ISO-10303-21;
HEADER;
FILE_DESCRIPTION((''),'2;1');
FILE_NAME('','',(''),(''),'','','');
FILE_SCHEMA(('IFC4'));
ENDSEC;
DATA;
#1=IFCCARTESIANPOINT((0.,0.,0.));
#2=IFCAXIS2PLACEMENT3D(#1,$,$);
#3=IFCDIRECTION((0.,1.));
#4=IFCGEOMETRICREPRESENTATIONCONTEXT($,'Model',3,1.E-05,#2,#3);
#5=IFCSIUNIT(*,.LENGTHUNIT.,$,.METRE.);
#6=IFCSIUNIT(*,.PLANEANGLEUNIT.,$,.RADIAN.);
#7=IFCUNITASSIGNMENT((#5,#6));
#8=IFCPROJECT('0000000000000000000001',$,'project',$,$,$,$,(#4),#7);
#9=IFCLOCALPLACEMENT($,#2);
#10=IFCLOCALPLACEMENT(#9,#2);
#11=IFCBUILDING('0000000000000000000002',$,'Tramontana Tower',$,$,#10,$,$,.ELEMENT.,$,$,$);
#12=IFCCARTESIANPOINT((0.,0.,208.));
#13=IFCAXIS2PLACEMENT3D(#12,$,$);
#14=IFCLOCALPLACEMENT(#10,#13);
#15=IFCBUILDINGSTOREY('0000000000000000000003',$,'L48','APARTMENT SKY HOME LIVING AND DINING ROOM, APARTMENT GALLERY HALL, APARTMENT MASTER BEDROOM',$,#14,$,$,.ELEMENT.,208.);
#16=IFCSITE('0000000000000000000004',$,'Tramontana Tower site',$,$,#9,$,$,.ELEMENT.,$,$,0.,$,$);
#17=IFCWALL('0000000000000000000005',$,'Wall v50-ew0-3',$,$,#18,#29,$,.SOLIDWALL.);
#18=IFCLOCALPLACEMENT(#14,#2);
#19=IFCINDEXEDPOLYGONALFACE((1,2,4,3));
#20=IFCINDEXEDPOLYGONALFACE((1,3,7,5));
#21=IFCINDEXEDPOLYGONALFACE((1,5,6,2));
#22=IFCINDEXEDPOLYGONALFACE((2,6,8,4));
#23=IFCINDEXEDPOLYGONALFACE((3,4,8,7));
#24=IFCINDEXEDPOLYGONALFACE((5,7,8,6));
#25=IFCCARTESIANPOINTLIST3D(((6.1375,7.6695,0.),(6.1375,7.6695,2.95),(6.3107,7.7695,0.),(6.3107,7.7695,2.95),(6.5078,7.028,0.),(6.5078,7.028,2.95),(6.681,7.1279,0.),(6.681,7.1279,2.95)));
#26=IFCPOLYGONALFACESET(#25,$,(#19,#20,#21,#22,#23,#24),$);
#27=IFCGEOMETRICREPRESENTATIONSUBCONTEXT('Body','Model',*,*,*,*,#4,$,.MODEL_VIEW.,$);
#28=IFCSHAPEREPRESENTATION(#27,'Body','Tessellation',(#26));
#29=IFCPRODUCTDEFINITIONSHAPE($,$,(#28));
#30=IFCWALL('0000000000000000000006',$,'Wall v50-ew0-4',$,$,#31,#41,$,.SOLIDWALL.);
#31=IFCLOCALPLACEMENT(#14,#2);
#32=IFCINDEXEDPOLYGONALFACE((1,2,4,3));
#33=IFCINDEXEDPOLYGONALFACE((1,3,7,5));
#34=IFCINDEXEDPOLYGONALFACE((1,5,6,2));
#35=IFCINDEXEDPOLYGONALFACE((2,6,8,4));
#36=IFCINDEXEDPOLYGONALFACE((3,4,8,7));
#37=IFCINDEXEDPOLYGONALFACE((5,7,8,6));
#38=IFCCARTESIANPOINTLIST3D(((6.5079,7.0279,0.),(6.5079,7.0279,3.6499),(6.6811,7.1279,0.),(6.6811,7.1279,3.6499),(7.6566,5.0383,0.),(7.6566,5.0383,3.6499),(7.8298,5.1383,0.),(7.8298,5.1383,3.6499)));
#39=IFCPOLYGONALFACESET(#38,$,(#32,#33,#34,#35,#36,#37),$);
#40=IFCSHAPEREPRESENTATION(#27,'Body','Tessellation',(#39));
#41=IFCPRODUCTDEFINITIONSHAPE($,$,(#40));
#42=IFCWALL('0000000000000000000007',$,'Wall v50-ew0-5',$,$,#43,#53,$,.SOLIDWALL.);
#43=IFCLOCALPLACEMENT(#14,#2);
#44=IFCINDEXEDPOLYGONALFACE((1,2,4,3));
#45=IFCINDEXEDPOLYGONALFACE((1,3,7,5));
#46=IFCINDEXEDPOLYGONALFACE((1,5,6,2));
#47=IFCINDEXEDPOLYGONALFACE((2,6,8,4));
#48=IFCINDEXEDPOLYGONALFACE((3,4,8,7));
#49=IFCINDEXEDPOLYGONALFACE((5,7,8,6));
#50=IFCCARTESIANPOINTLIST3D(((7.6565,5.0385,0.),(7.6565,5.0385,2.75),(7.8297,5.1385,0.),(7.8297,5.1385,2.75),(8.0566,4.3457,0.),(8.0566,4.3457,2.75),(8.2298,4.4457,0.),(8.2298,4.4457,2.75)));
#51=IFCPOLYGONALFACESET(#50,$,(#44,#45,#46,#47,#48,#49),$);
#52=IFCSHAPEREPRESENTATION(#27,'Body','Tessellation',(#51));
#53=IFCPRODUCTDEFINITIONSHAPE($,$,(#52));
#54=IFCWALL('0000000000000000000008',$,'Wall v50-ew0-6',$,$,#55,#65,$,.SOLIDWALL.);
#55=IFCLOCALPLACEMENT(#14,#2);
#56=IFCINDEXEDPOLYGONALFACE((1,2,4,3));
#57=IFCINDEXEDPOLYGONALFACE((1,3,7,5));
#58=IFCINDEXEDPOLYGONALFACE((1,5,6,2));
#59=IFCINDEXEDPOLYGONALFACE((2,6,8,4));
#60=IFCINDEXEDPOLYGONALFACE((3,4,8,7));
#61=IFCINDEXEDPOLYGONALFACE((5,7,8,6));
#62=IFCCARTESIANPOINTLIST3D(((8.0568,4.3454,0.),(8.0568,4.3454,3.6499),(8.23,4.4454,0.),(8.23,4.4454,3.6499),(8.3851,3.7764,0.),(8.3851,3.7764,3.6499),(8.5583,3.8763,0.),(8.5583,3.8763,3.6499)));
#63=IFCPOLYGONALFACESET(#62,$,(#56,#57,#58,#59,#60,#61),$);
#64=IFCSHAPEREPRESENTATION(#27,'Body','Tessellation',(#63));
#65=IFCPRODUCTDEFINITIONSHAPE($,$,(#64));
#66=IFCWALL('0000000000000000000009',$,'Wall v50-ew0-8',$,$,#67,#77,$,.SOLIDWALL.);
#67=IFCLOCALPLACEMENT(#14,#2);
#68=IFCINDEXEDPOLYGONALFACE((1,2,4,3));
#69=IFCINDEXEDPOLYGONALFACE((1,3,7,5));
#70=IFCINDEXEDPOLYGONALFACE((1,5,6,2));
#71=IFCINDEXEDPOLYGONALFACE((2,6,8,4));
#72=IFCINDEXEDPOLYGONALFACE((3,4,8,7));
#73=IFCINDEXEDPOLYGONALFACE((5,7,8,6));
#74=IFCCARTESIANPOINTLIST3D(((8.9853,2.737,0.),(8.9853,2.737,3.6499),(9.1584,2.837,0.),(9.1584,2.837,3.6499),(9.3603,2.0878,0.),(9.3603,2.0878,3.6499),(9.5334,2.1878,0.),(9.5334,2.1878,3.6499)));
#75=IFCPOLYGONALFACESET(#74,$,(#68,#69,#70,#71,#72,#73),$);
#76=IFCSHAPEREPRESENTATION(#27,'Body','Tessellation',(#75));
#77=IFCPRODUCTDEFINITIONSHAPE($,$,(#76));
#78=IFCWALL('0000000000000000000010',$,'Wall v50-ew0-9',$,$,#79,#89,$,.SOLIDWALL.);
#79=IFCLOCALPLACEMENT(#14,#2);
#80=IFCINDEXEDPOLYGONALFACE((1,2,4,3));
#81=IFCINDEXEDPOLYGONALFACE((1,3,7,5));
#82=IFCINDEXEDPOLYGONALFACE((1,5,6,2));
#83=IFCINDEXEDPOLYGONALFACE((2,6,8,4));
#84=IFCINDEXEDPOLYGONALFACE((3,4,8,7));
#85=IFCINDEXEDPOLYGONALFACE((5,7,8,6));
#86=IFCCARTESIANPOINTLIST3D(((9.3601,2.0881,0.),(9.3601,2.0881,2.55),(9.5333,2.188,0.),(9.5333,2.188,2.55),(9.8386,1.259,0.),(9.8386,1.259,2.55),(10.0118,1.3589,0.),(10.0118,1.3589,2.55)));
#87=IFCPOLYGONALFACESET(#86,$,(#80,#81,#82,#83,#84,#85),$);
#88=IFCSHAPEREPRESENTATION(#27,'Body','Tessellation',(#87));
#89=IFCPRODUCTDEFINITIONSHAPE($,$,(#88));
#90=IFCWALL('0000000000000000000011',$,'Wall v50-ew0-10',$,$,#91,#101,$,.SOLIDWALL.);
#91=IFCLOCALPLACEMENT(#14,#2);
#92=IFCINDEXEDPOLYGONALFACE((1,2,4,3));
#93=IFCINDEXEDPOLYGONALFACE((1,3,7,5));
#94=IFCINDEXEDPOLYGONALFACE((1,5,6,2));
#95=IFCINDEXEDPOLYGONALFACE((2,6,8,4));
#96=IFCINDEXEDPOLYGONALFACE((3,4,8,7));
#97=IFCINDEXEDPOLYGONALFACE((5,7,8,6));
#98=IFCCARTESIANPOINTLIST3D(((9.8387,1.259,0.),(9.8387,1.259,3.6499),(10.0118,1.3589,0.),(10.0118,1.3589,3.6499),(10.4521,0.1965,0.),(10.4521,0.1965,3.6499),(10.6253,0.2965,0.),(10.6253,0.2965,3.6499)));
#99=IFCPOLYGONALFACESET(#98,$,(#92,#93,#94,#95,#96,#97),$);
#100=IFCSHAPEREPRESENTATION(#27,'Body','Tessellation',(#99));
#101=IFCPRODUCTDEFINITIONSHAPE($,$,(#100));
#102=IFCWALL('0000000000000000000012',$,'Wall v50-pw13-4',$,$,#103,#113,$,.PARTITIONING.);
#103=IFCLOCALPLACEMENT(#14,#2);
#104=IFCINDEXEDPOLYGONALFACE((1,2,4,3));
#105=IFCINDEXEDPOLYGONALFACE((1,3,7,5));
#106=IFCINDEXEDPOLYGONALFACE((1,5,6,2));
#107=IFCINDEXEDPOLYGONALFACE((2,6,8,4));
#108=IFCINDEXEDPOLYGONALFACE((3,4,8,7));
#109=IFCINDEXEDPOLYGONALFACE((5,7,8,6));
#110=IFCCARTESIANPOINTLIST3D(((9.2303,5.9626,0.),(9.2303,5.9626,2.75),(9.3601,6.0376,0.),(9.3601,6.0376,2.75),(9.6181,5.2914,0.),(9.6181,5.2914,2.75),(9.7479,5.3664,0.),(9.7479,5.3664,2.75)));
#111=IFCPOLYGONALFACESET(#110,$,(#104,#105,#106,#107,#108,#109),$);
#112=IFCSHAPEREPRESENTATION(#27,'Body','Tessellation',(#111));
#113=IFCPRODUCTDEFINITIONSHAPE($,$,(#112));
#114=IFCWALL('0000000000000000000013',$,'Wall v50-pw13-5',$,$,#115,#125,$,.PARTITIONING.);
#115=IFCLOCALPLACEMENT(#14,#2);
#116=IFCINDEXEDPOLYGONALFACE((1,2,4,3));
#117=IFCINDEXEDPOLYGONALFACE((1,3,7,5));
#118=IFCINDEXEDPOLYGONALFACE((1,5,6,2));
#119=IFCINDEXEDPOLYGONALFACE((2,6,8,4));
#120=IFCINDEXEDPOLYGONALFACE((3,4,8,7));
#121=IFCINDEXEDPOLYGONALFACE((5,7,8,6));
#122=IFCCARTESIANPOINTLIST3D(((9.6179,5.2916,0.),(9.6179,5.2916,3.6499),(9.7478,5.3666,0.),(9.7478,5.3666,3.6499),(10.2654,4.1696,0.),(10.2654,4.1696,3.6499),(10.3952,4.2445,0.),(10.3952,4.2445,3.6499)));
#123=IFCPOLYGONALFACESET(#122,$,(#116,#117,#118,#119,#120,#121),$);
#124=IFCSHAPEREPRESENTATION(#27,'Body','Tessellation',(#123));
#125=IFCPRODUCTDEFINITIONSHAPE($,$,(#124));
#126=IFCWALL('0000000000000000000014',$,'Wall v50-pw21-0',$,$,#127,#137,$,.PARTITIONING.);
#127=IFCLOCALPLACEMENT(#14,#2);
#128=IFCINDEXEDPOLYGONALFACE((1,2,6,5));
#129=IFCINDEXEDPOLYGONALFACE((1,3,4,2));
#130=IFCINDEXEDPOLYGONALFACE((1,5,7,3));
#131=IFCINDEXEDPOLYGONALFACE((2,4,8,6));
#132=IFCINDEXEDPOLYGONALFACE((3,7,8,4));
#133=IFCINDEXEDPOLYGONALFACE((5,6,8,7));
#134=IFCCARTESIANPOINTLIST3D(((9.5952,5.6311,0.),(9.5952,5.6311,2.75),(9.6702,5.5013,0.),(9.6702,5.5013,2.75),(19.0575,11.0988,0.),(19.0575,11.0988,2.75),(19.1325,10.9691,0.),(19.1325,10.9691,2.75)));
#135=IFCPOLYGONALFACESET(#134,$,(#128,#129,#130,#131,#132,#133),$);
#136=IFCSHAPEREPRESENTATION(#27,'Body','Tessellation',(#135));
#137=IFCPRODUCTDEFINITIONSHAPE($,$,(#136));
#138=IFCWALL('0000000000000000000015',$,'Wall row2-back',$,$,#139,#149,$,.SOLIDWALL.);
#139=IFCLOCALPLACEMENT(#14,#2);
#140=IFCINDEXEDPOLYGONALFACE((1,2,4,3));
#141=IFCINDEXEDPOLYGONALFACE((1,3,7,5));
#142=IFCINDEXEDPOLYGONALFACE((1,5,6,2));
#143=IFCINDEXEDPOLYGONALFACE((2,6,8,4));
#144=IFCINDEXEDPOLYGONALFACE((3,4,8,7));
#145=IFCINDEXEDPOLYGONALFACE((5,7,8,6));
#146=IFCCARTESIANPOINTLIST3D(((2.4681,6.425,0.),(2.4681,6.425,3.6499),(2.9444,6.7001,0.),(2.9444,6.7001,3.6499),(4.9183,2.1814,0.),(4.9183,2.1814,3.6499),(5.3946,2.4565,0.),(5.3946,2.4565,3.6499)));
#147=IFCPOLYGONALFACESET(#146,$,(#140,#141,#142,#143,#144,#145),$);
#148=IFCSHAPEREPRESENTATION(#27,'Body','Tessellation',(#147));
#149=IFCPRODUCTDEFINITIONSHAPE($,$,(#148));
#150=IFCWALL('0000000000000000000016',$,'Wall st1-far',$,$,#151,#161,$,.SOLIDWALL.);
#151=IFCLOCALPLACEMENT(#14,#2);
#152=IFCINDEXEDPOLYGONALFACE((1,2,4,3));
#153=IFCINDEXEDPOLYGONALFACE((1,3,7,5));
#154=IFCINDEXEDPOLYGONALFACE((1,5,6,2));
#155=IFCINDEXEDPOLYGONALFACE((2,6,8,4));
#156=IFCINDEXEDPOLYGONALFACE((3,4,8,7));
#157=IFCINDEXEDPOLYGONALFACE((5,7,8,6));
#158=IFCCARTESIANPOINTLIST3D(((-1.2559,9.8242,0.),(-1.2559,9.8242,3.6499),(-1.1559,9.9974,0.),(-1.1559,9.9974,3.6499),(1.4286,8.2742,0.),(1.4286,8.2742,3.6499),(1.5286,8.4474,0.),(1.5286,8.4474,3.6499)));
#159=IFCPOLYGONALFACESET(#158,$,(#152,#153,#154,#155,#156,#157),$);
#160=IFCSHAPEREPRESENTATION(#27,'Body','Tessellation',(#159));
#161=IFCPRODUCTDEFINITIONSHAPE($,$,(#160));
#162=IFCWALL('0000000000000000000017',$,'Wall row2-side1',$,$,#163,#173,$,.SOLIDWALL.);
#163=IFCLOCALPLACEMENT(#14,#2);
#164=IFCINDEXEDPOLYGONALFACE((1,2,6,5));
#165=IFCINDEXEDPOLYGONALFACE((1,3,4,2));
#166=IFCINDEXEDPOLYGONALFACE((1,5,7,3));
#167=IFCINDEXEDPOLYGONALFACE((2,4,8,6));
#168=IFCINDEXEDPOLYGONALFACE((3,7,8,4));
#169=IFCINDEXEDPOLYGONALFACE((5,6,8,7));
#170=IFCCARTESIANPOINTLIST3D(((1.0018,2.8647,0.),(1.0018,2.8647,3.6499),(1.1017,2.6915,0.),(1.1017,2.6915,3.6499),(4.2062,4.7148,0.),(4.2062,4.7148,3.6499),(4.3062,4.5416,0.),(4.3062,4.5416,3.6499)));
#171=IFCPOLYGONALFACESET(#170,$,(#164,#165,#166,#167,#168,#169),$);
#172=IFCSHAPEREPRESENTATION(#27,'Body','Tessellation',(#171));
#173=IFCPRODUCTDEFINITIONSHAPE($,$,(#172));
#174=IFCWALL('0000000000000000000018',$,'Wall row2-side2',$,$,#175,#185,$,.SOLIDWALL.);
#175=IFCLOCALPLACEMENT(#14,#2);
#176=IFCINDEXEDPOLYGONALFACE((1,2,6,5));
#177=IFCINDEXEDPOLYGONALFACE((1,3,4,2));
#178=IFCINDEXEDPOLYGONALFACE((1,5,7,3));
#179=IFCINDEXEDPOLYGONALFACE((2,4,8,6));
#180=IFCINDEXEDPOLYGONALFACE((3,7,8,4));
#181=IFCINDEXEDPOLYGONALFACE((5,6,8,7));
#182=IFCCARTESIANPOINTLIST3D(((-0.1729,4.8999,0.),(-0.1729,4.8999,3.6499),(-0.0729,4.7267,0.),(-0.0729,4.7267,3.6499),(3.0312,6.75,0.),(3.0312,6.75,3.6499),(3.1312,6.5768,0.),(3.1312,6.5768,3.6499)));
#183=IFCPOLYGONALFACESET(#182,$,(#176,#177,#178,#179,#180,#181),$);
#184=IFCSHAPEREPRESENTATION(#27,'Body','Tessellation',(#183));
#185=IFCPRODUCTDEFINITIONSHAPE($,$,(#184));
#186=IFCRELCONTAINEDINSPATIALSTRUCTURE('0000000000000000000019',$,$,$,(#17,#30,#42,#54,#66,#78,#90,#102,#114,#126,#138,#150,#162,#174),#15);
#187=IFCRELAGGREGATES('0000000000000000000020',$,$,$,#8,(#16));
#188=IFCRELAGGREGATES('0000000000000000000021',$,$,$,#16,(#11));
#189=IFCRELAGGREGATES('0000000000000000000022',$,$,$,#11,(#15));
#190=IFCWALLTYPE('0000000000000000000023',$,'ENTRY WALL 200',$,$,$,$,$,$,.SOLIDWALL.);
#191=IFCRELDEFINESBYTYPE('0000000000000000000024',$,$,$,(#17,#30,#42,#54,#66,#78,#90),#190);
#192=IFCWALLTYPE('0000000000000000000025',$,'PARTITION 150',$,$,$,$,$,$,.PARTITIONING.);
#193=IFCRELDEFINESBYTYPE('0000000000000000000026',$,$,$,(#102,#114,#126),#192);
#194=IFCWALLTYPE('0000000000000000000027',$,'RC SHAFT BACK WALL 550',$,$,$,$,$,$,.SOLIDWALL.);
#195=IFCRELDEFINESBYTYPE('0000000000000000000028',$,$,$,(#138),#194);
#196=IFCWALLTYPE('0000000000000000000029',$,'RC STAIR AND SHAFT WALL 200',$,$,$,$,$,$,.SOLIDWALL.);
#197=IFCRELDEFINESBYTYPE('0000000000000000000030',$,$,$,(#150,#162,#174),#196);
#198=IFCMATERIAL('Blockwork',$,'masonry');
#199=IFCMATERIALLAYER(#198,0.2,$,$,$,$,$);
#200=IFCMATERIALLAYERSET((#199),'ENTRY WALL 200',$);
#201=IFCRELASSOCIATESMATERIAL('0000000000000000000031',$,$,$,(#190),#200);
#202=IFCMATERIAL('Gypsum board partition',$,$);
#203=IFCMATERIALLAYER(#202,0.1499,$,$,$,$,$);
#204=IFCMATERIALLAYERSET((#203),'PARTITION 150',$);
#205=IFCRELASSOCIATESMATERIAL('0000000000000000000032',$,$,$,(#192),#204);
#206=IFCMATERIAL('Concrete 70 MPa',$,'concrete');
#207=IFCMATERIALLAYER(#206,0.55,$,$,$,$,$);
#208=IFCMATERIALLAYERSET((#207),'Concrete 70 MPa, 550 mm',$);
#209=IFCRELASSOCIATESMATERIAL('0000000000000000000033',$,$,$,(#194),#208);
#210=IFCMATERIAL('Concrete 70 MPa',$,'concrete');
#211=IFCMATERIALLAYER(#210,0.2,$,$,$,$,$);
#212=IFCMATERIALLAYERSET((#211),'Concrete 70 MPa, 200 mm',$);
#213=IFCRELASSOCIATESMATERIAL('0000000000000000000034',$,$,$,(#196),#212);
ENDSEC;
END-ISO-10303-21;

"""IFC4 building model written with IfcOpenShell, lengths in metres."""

from ifc_helpers import new_model, si_unit, direction, frame, frame_2d, origin, place, context, subcontext, project, spatial, rectangle, extrude, material, layer, layer_set, type_object, element, save


model = new_model("IFC4")

# Units and contexts
model_context = context("Model", 3, precision=1e-05, world=origin(), true_north=direction((0.0, 1.0)))
body_context = subcontext(model_context, "Body", "Model", "MODEL_VIEW")
ifc_project = project(units=[si_unit("LENGTHUNIT", "METRE"), si_unit("PLANEANGLEUNIT", "RADIAN")], contexts=[model_context])

# Site, building, storey
site_placement = place(None, origin())
site = spatial("IfcSite", under=ifc_project, at=site_placement, Name="Tramontana Tower site", CompositionType="ELEMENT", RefElevation=0.0)
building_placement = place(site_placement, origin())
building = spatial("IfcBuilding", under=site, at=building_placement, Name="Tramontana Tower", CompositionType="ELEMENT")
storey_placement = place(building_placement, frame((0.0, 0.0, 208.0)))
storey = spatial("IfcBuildingStorey", under=building, at=storey_placement, Name="L48", Description="APARTMENT SKY HOME LIVING AND DINING ROOM, APARTMENT GALLERY HALL, APARTMENT MASTER BEDROOM", CompositionType="ELEMENT", Elevation=208.0)

# Walls
ifc_material_1 = material(Name="Blockwork", Category="masonry")
ifc_layer_1 = layer(ifc_material_1, 0.2)
ifc_layer_set_1 = layer_set([ifc_layer_1], Name="ENTRY WALL 200")
wall_type_1 = type_object("IfcWallType", Name="ENTRY WALL 200", PredefinedType="SOLIDWALL", material=ifc_layer_set_1)
wall_1_placement = place(storey_placement, frame((6.2241, 7.7195, 0.0), z_axis=(0.0, 0.0, 1.0), x_axis=(0.499932, -0.866065, 0.0)))
element("IfcWall", 1, at=wall_1_placement, inside=storey, type_object=wall_type_1, Name="Wall v50-ew0-3", PredefinedType="SOLIDWALL", context=body_context, shape_type="SweptSolid", body=[
    extrude(rectangle(XDim=0.7407, YDim=0.2, at=frame_2d((0.3704, 0.0))), origin(), (0.0, 0.0, 1.0), 2.95),
])
wall_2_placement = place(storey_placement, frame((6.5945, 7.0779, 0.0), z_axis=(0.0, 0.0, 1.0), x_axis=(0.500014, -0.866017, 0.0)))
element("IfcWall", 2, at=wall_2_placement, inside=storey, type_object=wall_type_1, Name="Wall v50-ew0-4", PredefinedType="SOLIDWALL", context=body_context, shape_type="SweptSolid", body=[
    extrude(rectangle(XDim=2.2974, YDim=0.2, at=frame_2d((1.1487, 0.0))), origin(), (0.0, 0.0, 1.0), 3.6499),
])
wall_3_placement = place(storey_placement, frame((7.7432, 5.0884, 0.0), z_axis=(0.0, 0.0, 1.0), x_axis=(0.50011, -0.865962, 0.0)))
element("IfcWall", 3, at=wall_3_placement, inside=storey, type_object=wall_type_1, Name="Wall v50-ew0-5", PredefinedType="SOLIDWALL", context=body_context, shape_type="SweptSolid", body=[
    extrude(rectangle(XDim=0.8, YDim=0.2, at=frame_2d((0.3999, 0.0))), origin(), (0.0, 0.0, 1.0), 2.75),
])
wall_4_placement = place(storey_placement, frame((8.1433, 4.3955, 0.0), z_axis=(0.0, 0.0, 1.0), x_axis=(0.499776, -0.866155, 0.0)))
element("IfcWall", 4, at=wall_4_placement, inside=storey, type_object=wall_type_1, Name="Wall v50-ew0-6", PredefinedType="SOLIDWALL", context=body_context, shape_type="SweptSolid", body=[
    extrude(rectangle(XDim=0.657, YDim=0.2, at=frame_2d((0.3286, 0.0))), origin(), (0.0, 0.0, 1.0), 3.6499),
])

# Walls
wall_5_placement = place(storey_placement, frame((9.0718, 2.7871, 0.0), z_axis=(0.0, 0.0, 1.0), x_axis=(0.500202, -0.865909, 0.0)))
element("IfcWall", 5, at=wall_5_placement, inside=storey, type_object=wall_type_1, Name="Wall v50-ew0-8", PredefinedType="SOLIDWALL", context=body_context, shape_type="SweptSolid", body=[
    extrude(rectangle(XDim=0.7498, YDim=0.2, at=frame_2d((0.375, 0.0))), origin(), (0.0, 0.0, 1.0), 3.6499),
])
wall_6_placement = place(storey_placement, frame((9.4468, 2.1379, 0.0), z_axis=(0.0, 0.0, 1.0), x_axis=(0.49987, -0.866101, 0.0)))
element("IfcWall", 6, at=wall_6_placement, inside=storey, type_object=wall_type_1, Name="Wall v50-ew0-9", PredefinedType="SOLIDWALL", context=body_context, shape_type="SweptSolid", body=[
    extrude(rectangle(XDim=0.9573, YDim=0.2, at=frame_2d((0.4785, 0.0))), origin(), (0.0, 0.0, 1.0), 2.55),
])
wall_7_placement = place(storey_placement, frame((9.9253, 1.3088, 0.0), z_axis=(0.0, 0.0, 1.0), x_axis=(0.500055, -0.865993, 0.0)))
element("IfcWall", 7, at=wall_7_placement, inside=storey, type_object=wall_type_1, Name="Wall v50-ew0-10", PredefinedType="SOLIDWALL", context=body_context, shape_type="SweptSolid", body=[
    extrude(rectangle(XDim=1.2268, YDim=0.2, at=frame_2d((0.6133, 0.0))), origin(), (0.0, 0.0, 1.0), 3.6499),
])
ifc_material_2 = material(Name="Gypsum board partition")
ifc_layer_2 = layer(ifc_material_2, 0.1499)
ifc_layer_set_2 = layer_set([ifc_layer_2], Name="PARTITION 150")
wall_type_2 = type_object("IfcWallType", Name="PARTITION 150", PredefinedType="PARTITIONING", material=ifc_layer_set_2)
wall_8_placement = place(storey_placement, frame((9.2952, 6.0002, 0.0), z_axis=(0.0, 0.0, 1.0), x_axis=(0.500204, -0.865908, 0.0)))
element("IfcWall", 8, at=wall_8_placement, inside=storey, type_object=wall_type_2, Name="Wall v50-pw13-4", PredefinedType="PARTITIONING", context=body_context, shape_type="SweptSolid", body=[
    extrude(rectangle(XDim=0.7751, YDim=0.1499, at=frame_2d((0.3877, 0.0))), origin(), (0.0, 0.0, 1.0), 2.75),
])
wall_9_placement = place(storey_placement, frame((9.6829, 5.3291, 0.0), z_axis=(0.0, 0.0, 1.0), x_axis=(0.499788, -0.866148, 0.0)))
element("IfcWall", 9, at=wall_9_placement, inside=storey, type_object=wall_type_2, Name="Wall v50-pw13-5", PredefinedType="PARTITIONING", context=body_context, shape_type="SweptSolid", body=[
    extrude(rectangle(XDim=1.2954, YDim=0.1499, at=frame_2d((0.6477, 0.0))), origin(), (0.0, 0.0, 1.0), 3.6499),
])
wall_10_placement = place(storey_placement, frame((9.6326, 5.5662, 0.0), z_axis=(0.0, 0.0, 1.0), x_axis=(0.865841, 0.500319, 0.0)))
element("IfcWall", 10, at=wall_10_placement, inside=storey, type_object=wall_type_2, Name="Wall v50-pw21-0", PredefinedType="PARTITIONING", context=body_context, shape_type="SweptSolid", body=[
    extrude(rectangle(XDim=10.9285, YDim=0.1499, at=frame_2d((5.4644, 0.0))), origin(), (0.0, 0.0, 1.0), 2.75),
])

# Walls
ifc_material_3 = material(Name="Concrete 70 MPa", Category="concrete")
ifc_layer_3 = layer(ifc_material_3, 0.55)
ifc_layer_set_3 = layer_set([ifc_layer_3], Name="Concrete 70 MPa, 550 mm")
wall_type_3 = type_object("IfcWallType", Name="RC SHAFT BACK WALL 550", PredefinedType="SOLIDWALL", material=ifc_layer_set_3)
wall_11_placement = place(storey_placement, frame((5.1565, 2.3188, 0.0), z_axis=(0.0, 0.0, 1.0), x_axis=(-0.500019, 0.866015, 0.0)))
element("IfcWall", 11, at=wall_11_placement, inside=storey, type_object=wall_type_3, Name="Wall row2-back", PredefinedType="SOLIDWALL", context=body_context, shape_type="SweptSolid", body=[
    extrude(rectangle(XDim=4.9001, YDim=0.55, at=frame_2d((2.4502, 0.0))), origin(), (0.0, 0.0, 1.0), 3.6499),
])
ifc_material_4 = material(Name="Concrete 70 MPa", Category="concrete")
ifc_layer_4 = layer(ifc_material_4, 0.2)
ifc_layer_set_4 = layer_set([ifc_layer_4], Name="Concrete 70 MPa, 200 mm")
wall_type_4 = type_object("IfcWallType", Name="RC STAIR AND SHAFT WALL 200", PredefinedType="SOLIDWALL", material=ifc_layer_set_4)
wall_12_placement = place(storey_placement, frame((1.4785, 8.3608, 0.0), z_axis=(0.0, 0.0, 1.0), x_axis=(-0.86601, 0.500027, 0.0)))
element("IfcWall", 12, at=wall_12_placement, inside=storey, type_object=wall_type_4, Name="Wall st1-far", PredefinedType="SOLIDWALL", context=body_context, shape_type="SweptSolid", body=[
    extrude(rectangle(XDim=3.0999, YDim=0.2, at=frame_2d((1.5498, 0.0))), origin(), (0.0, 0.0, 1.0), 3.6499),
])
wall_13_placement = place(storey_placement, frame((1.0518, 2.7781, 0.0), z_axis=(0.0, 0.0, 1.0), x_axis=(0.866017, 0.500014, 0.0)))
element("IfcWall", 13, at=wall_13_placement, inside=storey, type_object=wall_type_4, Name="Wall row2-side1", PredefinedType="SOLIDWALL", context=body_context, shape_type="SweptSolid", body=[
    extrude(rectangle(XDim=3.7002, YDim=0.2, at=frame_2d((1.8501, 0.0))), origin(), (0.0, 0.0, 1.0), 3.6499),
])
wall_14_placement = place(storey_placement, frame((-0.123, 4.8132, 0.0), z_axis=(0.0, 0.0, 1.0), x_axis=(0.866001, 0.500042, 0.0)))
element("IfcWall", 14, at=wall_14_placement, inside=storey, type_object=wall_type_4, Name="Wall row2-side2", PredefinedType="SOLIDWALL", context=body_context, shape_type="SweptSolid", body=[
    extrude(rectangle(XDim=3.7, YDim=0.2, at=frame_2d((1.8501, 0.0))), origin(), (0.0, 0.0, 1.0), 3.6499),
])

save(model, "model.ifc")
